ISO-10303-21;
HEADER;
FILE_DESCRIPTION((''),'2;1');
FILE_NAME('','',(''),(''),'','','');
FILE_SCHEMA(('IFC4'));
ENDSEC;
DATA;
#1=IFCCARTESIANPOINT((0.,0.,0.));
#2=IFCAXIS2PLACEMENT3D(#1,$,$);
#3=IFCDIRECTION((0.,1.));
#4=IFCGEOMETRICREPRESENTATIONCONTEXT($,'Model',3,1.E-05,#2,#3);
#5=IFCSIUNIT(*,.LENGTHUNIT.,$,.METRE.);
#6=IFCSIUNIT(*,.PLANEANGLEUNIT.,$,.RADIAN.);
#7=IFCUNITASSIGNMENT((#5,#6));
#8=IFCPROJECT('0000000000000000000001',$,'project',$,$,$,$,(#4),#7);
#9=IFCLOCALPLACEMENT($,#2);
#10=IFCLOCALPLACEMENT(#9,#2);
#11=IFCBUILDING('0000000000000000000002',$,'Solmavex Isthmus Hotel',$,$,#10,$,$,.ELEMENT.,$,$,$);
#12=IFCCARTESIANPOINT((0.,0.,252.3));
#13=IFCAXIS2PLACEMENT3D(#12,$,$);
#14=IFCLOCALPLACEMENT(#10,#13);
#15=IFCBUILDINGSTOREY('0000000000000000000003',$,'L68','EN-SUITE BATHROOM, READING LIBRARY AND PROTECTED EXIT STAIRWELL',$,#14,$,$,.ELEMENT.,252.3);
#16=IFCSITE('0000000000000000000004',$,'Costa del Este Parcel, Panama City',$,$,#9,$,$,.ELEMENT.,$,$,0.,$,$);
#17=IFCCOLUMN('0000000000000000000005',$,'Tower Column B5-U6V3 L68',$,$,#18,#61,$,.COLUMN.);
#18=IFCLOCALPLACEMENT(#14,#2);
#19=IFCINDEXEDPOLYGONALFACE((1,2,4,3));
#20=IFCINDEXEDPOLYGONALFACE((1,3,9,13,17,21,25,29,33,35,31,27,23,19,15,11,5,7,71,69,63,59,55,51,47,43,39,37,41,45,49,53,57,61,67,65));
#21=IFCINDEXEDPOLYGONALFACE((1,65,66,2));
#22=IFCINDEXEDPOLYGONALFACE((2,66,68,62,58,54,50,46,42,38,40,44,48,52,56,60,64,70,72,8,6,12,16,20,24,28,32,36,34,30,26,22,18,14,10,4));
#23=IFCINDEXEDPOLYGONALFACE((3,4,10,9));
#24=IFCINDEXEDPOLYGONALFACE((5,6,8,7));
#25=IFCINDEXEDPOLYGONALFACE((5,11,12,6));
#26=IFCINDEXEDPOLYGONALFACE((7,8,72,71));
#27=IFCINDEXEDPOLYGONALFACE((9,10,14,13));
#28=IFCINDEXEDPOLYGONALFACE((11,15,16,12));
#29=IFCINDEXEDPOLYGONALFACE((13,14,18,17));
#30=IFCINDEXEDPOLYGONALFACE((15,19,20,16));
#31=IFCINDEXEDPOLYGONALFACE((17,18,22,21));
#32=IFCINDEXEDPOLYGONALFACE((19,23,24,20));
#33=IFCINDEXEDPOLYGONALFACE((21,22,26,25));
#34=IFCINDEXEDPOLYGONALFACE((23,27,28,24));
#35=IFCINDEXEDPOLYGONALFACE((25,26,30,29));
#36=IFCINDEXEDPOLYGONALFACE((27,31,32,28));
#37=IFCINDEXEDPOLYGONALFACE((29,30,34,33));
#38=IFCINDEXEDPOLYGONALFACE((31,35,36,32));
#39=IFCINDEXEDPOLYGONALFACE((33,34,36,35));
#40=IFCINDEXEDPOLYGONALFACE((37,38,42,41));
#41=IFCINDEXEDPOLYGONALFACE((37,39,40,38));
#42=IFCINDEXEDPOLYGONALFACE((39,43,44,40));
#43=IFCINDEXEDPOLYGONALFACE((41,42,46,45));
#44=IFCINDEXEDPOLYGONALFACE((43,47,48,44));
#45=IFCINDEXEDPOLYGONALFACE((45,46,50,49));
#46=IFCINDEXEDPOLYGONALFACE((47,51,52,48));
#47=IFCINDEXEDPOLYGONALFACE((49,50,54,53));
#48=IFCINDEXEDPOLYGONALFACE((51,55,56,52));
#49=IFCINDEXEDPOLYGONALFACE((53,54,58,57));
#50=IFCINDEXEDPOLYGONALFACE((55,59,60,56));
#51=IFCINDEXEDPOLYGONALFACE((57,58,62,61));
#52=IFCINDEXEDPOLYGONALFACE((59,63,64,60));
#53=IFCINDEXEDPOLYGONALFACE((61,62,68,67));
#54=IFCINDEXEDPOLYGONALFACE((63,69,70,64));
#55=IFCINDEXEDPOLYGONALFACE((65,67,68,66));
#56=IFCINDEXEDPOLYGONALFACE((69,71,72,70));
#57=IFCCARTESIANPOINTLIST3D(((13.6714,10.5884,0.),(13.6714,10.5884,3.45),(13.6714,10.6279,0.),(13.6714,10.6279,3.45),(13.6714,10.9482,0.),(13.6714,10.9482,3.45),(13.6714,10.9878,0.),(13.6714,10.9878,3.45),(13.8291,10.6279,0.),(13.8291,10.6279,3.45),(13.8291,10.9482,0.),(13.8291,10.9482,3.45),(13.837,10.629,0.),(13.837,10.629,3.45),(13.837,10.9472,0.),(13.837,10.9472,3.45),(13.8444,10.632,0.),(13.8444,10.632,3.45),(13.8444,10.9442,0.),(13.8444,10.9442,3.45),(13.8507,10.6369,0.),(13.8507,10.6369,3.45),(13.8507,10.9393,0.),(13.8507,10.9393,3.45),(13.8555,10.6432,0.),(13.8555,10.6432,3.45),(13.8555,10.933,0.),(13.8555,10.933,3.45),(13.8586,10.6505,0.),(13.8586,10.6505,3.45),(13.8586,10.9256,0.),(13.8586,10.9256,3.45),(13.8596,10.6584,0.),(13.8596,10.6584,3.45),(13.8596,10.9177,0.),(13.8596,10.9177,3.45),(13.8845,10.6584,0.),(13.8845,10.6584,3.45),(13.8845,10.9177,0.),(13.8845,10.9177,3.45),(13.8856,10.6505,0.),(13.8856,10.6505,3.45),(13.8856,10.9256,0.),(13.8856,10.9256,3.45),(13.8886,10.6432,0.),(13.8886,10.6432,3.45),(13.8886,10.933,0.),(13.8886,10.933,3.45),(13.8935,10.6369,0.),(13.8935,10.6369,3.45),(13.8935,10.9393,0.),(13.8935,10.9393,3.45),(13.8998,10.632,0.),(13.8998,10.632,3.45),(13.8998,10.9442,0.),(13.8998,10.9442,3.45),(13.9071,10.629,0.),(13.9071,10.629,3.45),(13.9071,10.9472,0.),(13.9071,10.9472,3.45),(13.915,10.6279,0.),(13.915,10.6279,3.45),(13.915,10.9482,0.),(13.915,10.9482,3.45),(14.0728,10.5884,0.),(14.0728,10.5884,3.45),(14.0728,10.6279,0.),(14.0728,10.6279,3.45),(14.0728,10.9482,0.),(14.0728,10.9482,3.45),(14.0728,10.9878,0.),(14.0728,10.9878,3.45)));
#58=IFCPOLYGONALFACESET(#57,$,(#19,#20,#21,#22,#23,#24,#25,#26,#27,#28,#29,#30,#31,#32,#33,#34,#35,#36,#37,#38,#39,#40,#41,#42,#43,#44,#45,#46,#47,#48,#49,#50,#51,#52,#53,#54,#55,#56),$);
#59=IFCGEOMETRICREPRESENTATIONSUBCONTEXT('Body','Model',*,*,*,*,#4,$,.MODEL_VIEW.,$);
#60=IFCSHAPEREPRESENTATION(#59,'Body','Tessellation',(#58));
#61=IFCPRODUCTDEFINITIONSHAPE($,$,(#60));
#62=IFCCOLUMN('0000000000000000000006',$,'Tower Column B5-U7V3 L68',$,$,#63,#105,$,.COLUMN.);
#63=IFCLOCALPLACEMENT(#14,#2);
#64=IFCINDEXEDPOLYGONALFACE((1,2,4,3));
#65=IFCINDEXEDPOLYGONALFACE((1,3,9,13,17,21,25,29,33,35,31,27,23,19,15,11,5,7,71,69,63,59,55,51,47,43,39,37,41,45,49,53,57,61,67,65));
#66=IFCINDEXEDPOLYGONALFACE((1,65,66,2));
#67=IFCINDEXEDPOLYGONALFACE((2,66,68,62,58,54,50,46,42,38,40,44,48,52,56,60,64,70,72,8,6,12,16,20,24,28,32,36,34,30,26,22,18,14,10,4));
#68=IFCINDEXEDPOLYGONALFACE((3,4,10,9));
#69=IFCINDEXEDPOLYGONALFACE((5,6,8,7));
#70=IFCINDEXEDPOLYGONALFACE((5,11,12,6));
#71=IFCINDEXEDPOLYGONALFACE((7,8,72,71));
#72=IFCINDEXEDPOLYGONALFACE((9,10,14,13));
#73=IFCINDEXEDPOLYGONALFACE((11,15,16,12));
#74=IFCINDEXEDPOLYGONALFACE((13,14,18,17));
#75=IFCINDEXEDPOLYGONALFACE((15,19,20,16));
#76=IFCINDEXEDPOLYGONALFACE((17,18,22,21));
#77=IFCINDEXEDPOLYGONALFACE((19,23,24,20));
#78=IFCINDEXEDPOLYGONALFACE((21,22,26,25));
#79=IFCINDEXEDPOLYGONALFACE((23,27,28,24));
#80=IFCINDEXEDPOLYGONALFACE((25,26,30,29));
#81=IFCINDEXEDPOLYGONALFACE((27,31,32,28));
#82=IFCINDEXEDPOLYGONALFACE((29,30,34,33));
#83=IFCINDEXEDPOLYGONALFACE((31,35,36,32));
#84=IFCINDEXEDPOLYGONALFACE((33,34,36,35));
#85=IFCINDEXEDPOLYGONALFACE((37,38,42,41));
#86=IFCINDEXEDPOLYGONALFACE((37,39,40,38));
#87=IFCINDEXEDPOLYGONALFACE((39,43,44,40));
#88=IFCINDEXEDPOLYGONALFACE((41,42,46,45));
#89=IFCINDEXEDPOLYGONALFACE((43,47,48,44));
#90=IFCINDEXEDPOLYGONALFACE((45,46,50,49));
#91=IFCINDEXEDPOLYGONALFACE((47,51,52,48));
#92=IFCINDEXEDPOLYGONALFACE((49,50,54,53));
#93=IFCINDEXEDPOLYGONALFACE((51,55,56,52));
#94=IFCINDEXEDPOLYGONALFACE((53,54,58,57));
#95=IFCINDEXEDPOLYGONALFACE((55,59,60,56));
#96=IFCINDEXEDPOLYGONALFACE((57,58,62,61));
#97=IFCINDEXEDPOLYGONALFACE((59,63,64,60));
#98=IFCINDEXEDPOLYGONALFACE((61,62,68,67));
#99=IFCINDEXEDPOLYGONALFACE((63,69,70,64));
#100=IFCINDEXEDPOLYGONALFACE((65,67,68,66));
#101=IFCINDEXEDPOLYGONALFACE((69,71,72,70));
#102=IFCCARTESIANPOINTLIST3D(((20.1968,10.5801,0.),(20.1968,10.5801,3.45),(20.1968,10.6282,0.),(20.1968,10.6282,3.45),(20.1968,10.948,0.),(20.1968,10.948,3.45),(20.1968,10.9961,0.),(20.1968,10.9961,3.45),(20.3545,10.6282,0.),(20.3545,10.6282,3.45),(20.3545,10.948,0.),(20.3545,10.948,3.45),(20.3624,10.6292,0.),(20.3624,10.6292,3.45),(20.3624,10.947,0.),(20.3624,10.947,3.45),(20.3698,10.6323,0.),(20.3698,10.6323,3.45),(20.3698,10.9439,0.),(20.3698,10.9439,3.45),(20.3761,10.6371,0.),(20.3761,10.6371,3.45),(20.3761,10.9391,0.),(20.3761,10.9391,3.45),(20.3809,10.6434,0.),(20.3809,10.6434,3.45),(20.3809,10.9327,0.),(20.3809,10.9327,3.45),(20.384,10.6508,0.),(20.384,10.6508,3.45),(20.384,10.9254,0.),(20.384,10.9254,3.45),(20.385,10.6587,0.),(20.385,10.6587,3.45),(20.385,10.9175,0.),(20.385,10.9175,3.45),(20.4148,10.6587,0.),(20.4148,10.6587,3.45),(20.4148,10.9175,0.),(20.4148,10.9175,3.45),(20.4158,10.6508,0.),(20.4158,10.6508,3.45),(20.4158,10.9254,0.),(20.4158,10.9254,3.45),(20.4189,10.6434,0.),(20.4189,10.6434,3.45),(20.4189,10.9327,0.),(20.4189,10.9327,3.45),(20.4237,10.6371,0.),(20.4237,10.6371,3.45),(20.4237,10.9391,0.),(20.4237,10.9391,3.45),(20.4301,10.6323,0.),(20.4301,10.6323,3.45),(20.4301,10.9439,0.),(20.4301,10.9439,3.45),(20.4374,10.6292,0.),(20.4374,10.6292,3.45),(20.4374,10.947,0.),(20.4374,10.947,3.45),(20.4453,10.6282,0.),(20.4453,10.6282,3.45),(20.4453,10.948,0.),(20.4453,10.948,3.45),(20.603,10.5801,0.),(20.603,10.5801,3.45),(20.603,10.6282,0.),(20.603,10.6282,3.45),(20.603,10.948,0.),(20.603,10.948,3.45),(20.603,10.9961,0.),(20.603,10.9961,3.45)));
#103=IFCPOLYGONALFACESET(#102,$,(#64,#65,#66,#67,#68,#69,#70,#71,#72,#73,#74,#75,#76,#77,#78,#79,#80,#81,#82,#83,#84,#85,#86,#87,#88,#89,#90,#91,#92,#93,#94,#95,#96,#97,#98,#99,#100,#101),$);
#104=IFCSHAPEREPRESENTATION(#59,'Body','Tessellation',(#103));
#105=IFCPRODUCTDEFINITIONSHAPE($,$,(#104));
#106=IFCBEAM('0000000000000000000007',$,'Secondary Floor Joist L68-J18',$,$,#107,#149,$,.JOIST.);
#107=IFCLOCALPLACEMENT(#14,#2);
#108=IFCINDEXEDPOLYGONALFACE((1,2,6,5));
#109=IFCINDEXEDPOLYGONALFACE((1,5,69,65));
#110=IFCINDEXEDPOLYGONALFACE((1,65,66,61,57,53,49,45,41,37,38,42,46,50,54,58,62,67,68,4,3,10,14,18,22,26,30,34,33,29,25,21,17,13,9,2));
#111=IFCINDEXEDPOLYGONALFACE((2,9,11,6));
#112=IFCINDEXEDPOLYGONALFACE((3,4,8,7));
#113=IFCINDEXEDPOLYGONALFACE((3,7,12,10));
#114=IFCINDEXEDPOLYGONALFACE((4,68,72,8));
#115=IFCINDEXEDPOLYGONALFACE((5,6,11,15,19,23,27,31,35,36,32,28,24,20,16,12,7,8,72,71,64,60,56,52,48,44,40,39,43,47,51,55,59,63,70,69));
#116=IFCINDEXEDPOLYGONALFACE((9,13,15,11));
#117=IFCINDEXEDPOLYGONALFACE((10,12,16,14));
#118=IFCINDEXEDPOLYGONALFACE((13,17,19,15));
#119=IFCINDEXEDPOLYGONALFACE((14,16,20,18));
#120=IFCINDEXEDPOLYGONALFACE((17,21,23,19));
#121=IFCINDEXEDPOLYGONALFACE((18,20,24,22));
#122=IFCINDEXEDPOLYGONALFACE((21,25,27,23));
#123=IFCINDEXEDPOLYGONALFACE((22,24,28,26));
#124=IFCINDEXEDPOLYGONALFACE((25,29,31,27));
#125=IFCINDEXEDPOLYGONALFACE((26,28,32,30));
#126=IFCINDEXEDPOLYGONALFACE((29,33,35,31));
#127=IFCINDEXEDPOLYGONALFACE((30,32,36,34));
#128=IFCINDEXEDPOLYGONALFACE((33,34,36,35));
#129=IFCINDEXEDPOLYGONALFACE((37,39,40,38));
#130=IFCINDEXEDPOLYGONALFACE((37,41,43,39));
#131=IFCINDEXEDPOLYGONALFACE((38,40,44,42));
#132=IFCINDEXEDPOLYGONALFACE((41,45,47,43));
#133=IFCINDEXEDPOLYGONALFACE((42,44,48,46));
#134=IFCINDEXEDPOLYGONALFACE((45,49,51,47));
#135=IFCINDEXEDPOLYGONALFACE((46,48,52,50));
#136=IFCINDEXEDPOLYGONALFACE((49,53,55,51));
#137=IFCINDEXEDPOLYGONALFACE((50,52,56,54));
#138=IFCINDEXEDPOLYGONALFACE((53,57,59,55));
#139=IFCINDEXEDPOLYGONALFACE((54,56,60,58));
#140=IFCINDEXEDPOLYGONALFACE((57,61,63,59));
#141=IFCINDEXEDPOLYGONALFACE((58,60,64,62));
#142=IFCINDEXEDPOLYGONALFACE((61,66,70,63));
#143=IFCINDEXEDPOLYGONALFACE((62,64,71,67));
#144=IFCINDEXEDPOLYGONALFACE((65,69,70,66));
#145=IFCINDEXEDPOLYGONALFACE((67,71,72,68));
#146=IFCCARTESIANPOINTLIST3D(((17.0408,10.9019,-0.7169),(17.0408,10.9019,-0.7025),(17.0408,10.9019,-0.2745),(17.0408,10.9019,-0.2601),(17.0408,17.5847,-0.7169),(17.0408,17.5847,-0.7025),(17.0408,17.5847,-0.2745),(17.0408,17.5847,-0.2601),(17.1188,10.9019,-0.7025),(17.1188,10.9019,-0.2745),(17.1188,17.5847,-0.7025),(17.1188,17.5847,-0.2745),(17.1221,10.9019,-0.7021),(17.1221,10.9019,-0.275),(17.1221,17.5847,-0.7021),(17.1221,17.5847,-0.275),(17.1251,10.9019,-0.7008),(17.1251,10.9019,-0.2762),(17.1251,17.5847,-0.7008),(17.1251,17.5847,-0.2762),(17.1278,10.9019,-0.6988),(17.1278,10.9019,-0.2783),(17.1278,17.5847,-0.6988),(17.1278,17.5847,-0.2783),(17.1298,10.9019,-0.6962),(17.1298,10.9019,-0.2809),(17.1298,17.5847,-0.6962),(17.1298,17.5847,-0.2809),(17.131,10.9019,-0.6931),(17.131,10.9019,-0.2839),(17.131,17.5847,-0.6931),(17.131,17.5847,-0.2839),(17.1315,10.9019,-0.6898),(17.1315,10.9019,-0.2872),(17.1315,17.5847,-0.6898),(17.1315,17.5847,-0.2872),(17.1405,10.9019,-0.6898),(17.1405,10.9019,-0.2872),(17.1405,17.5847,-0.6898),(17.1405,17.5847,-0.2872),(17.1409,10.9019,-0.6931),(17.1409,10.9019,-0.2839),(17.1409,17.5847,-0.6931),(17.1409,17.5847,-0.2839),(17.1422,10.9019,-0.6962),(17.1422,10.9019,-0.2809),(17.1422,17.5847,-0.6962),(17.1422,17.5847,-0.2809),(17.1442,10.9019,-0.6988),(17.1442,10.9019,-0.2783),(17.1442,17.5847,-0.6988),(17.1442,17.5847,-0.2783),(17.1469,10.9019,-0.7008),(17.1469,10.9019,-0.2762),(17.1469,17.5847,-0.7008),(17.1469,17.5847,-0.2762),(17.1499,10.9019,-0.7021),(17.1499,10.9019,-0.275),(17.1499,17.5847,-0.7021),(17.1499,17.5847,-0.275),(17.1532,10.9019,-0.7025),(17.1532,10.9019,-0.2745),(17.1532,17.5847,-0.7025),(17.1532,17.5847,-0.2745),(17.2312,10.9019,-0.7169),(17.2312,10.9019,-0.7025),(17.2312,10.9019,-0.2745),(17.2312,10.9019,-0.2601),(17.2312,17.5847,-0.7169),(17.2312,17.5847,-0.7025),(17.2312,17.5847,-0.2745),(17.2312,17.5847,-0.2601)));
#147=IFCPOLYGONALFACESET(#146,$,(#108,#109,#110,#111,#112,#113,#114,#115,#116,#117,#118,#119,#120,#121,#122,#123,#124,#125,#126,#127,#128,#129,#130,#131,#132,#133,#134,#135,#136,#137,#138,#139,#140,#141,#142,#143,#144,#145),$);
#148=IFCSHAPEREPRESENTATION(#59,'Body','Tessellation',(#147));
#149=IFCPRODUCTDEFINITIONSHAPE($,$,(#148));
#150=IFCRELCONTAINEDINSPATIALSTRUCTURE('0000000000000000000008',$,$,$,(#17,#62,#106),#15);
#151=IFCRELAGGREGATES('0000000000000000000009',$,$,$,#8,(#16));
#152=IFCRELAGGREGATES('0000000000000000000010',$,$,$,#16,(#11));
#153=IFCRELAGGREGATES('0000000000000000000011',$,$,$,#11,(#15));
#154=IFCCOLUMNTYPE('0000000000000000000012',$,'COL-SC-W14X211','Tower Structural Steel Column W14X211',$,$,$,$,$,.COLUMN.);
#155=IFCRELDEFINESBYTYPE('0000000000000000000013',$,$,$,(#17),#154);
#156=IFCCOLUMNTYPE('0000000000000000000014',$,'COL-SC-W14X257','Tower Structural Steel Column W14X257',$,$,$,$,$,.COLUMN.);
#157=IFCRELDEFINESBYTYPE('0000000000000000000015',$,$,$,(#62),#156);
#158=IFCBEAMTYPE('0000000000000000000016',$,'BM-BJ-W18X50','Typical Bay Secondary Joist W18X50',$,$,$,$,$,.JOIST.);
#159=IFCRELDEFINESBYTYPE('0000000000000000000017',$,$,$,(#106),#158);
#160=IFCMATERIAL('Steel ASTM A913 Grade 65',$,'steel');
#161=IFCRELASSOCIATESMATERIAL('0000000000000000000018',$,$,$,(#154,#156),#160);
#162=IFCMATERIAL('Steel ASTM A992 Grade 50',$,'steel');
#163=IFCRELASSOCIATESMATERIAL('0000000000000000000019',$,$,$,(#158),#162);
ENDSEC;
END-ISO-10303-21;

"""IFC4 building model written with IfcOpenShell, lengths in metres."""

from ifc_helpers import new_model, si_unit, direction, frame, origin, origin_2d, place, context, subcontext, project, spatial, i_section, extrude, material, material_profile, profile_set, type_object, element, save


model = new_model("IFC4")

# Units and contexts
model_context = context("Model", 3, precision=1e-05, world=origin(), true_north=direction((0.0, 1.0)))
body_context = subcontext(model_context, "Body", "Model", "MODEL_VIEW")
ifc_project = project(units=[si_unit("LENGTHUNIT", "METRE"), si_unit("PLANEANGLEUNIT", "RADIAN")], contexts=[model_context])

# Site, building, storey
site_placement = place(None, origin())
site = spatial("IfcSite", under=ifc_project, at=site_placement, Name="Costa del Este Parcel, Panama City", CompositionType="ELEMENT", RefElevation=0.0)
building_placement = place(site_placement, origin())
building = spatial("IfcBuilding", under=site, at=building_placement, Name="Solmavex Isthmus Hotel", CompositionType="ELEMENT")
storey_placement = place(building_placement, frame((0.0, 0.0, 252.3)))
storey = spatial("IfcBuildingStorey", under=building, at=storey_placement, Name="L68", Description="EN-SUITE BATHROOM, READING LIBRARY AND PROTECTED EXIT STAIRWELL", CompositionType="ELEMENT", Elevation=252.3)

# Columns
ifc_material_1 = material(Name="Steel ASTM A913 Grade 65", Category="steel")
ifc_material_profile_1 = material_profile(ifc_material_1, i_section(OverallWidth=0.4014, OverallDepth=0.3994, WebThickness=0.0249, FlangeThickness=0.0396, FilletRadius=0.0305, at=origin_2d()), Name="W14X211")
ifc_profile_set_1 = profile_set([ifc_material_profile_1], Name="Steel ASTM A913 Grade 65")
column_type_1 = type_object("IfcColumnType", Name="COL-SC-W14X211", Description="Tower Structural Steel Column W14X211", PredefinedType="COLUMN", material=ifc_profile_set_1)
column_1_placement = place(storey_placement, frame((13.8721, 10.7881, 0.0), z_axis=(0.0, 0.0, 1.0), x_axis=(1.0, 0.0, 0.0)))
element("IfcColumn", 1, at=column_1_placement, inside=storey, type_object=column_type_1, Name="Tower Column B5-U6V3 L68", PredefinedType="COLUMN", context=body_context, shape_type="SweptSolid", body=[
    extrude(i_section(OverallWidth=0.4014, OverallDepth=0.3994, WebThickness=0.0249, FlangeThickness=0.0396, FilletRadius=0.0305, at=origin_2d()), origin(), (0.0, 0.0, 1.0), 3.45),
])
ifc_material_profile_2 = material_profile(ifc_material_1, i_section(OverallWidth=0.4062, OverallDepth=0.416, WebThickness=0.0298, FlangeThickness=0.0481, FilletRadius=0.0305, at=origin_2d()), Name="W14X257")
ifc_profile_set_2 = profile_set([ifc_material_profile_2], Name="Steel ASTM A913 Grade 65")
column_type_2 = type_object("IfcColumnType", Name="COL-SC-W14X257", Description="Tower Structural Steel Column W14X257", PredefinedType="COLUMN", material=ifc_profile_set_2)
column_2_placement = place(storey_placement, frame((20.3999, 10.7881, 0.0), z_axis=(0.0, 0.0, 1.0), x_axis=(1.0, 0.0, 0.0)))
element("IfcColumn", 2, at=column_2_placement, inside=storey, type_object=column_type_2, Name="Tower Column B5-U7V3 L68", PredefinedType="COLUMN", context=body_context, shape_type="SweptSolid", body=[
    extrude(i_section(OverallWidth=0.4062, OverallDepth=0.416, WebThickness=0.0298, FlangeThickness=0.0481, FilletRadius=0.0305, at=origin_2d()), origin(), (0.0, 0.0, 1.0), 3.45),
])

# Beam
ifc_material_2 = material(Name="Steel ASTM A992 Grade 50", Category="steel")
ifc_material_profile_3 = material_profile(ifc_material_2, i_section(OverallWidth=0.1904, OverallDepth=0.4568, WebThickness=0.009, FlangeThickness=0.0144, FilletRadius=0.0127, at=origin_2d()), Name="W18X50")
ifc_profile_set_3 = profile_set([ifc_material_profile_3], Name="Steel ASTM A992 Grade 50")
beam_type_1 = type_object("IfcBeamType", Name="BM-BJ-W18X50", Description="Typical Bay Secondary Joist W18X50", PredefinedType="JOIST", material=ifc_profile_set_3)
beam_1_placement = place(storey_placement, frame((17.136, 10.9019, -0.4885), z_axis=(0.0, 1.0, 0.0), x_axis=(-1.0, 0.0, 0.0)))
element("IfcBeam", 3, at=beam_1_placement, inside=storey, type_object=beam_type_1, Name="Secondary Floor Joist L68-J18", PredefinedType="JOIST", context=body_context, shape_type="SweptSolid", body=[
    extrude(i_section(OverallWidth=0.1904, OverallDepth=0.4568, WebThickness=0.009, FlangeThickness=0.0144, FilletRadius=0.0127, at=origin_2d()), origin(), (0.0, 0.0, 1.0), 6.6829),
])

save(model, "model.ifc")
